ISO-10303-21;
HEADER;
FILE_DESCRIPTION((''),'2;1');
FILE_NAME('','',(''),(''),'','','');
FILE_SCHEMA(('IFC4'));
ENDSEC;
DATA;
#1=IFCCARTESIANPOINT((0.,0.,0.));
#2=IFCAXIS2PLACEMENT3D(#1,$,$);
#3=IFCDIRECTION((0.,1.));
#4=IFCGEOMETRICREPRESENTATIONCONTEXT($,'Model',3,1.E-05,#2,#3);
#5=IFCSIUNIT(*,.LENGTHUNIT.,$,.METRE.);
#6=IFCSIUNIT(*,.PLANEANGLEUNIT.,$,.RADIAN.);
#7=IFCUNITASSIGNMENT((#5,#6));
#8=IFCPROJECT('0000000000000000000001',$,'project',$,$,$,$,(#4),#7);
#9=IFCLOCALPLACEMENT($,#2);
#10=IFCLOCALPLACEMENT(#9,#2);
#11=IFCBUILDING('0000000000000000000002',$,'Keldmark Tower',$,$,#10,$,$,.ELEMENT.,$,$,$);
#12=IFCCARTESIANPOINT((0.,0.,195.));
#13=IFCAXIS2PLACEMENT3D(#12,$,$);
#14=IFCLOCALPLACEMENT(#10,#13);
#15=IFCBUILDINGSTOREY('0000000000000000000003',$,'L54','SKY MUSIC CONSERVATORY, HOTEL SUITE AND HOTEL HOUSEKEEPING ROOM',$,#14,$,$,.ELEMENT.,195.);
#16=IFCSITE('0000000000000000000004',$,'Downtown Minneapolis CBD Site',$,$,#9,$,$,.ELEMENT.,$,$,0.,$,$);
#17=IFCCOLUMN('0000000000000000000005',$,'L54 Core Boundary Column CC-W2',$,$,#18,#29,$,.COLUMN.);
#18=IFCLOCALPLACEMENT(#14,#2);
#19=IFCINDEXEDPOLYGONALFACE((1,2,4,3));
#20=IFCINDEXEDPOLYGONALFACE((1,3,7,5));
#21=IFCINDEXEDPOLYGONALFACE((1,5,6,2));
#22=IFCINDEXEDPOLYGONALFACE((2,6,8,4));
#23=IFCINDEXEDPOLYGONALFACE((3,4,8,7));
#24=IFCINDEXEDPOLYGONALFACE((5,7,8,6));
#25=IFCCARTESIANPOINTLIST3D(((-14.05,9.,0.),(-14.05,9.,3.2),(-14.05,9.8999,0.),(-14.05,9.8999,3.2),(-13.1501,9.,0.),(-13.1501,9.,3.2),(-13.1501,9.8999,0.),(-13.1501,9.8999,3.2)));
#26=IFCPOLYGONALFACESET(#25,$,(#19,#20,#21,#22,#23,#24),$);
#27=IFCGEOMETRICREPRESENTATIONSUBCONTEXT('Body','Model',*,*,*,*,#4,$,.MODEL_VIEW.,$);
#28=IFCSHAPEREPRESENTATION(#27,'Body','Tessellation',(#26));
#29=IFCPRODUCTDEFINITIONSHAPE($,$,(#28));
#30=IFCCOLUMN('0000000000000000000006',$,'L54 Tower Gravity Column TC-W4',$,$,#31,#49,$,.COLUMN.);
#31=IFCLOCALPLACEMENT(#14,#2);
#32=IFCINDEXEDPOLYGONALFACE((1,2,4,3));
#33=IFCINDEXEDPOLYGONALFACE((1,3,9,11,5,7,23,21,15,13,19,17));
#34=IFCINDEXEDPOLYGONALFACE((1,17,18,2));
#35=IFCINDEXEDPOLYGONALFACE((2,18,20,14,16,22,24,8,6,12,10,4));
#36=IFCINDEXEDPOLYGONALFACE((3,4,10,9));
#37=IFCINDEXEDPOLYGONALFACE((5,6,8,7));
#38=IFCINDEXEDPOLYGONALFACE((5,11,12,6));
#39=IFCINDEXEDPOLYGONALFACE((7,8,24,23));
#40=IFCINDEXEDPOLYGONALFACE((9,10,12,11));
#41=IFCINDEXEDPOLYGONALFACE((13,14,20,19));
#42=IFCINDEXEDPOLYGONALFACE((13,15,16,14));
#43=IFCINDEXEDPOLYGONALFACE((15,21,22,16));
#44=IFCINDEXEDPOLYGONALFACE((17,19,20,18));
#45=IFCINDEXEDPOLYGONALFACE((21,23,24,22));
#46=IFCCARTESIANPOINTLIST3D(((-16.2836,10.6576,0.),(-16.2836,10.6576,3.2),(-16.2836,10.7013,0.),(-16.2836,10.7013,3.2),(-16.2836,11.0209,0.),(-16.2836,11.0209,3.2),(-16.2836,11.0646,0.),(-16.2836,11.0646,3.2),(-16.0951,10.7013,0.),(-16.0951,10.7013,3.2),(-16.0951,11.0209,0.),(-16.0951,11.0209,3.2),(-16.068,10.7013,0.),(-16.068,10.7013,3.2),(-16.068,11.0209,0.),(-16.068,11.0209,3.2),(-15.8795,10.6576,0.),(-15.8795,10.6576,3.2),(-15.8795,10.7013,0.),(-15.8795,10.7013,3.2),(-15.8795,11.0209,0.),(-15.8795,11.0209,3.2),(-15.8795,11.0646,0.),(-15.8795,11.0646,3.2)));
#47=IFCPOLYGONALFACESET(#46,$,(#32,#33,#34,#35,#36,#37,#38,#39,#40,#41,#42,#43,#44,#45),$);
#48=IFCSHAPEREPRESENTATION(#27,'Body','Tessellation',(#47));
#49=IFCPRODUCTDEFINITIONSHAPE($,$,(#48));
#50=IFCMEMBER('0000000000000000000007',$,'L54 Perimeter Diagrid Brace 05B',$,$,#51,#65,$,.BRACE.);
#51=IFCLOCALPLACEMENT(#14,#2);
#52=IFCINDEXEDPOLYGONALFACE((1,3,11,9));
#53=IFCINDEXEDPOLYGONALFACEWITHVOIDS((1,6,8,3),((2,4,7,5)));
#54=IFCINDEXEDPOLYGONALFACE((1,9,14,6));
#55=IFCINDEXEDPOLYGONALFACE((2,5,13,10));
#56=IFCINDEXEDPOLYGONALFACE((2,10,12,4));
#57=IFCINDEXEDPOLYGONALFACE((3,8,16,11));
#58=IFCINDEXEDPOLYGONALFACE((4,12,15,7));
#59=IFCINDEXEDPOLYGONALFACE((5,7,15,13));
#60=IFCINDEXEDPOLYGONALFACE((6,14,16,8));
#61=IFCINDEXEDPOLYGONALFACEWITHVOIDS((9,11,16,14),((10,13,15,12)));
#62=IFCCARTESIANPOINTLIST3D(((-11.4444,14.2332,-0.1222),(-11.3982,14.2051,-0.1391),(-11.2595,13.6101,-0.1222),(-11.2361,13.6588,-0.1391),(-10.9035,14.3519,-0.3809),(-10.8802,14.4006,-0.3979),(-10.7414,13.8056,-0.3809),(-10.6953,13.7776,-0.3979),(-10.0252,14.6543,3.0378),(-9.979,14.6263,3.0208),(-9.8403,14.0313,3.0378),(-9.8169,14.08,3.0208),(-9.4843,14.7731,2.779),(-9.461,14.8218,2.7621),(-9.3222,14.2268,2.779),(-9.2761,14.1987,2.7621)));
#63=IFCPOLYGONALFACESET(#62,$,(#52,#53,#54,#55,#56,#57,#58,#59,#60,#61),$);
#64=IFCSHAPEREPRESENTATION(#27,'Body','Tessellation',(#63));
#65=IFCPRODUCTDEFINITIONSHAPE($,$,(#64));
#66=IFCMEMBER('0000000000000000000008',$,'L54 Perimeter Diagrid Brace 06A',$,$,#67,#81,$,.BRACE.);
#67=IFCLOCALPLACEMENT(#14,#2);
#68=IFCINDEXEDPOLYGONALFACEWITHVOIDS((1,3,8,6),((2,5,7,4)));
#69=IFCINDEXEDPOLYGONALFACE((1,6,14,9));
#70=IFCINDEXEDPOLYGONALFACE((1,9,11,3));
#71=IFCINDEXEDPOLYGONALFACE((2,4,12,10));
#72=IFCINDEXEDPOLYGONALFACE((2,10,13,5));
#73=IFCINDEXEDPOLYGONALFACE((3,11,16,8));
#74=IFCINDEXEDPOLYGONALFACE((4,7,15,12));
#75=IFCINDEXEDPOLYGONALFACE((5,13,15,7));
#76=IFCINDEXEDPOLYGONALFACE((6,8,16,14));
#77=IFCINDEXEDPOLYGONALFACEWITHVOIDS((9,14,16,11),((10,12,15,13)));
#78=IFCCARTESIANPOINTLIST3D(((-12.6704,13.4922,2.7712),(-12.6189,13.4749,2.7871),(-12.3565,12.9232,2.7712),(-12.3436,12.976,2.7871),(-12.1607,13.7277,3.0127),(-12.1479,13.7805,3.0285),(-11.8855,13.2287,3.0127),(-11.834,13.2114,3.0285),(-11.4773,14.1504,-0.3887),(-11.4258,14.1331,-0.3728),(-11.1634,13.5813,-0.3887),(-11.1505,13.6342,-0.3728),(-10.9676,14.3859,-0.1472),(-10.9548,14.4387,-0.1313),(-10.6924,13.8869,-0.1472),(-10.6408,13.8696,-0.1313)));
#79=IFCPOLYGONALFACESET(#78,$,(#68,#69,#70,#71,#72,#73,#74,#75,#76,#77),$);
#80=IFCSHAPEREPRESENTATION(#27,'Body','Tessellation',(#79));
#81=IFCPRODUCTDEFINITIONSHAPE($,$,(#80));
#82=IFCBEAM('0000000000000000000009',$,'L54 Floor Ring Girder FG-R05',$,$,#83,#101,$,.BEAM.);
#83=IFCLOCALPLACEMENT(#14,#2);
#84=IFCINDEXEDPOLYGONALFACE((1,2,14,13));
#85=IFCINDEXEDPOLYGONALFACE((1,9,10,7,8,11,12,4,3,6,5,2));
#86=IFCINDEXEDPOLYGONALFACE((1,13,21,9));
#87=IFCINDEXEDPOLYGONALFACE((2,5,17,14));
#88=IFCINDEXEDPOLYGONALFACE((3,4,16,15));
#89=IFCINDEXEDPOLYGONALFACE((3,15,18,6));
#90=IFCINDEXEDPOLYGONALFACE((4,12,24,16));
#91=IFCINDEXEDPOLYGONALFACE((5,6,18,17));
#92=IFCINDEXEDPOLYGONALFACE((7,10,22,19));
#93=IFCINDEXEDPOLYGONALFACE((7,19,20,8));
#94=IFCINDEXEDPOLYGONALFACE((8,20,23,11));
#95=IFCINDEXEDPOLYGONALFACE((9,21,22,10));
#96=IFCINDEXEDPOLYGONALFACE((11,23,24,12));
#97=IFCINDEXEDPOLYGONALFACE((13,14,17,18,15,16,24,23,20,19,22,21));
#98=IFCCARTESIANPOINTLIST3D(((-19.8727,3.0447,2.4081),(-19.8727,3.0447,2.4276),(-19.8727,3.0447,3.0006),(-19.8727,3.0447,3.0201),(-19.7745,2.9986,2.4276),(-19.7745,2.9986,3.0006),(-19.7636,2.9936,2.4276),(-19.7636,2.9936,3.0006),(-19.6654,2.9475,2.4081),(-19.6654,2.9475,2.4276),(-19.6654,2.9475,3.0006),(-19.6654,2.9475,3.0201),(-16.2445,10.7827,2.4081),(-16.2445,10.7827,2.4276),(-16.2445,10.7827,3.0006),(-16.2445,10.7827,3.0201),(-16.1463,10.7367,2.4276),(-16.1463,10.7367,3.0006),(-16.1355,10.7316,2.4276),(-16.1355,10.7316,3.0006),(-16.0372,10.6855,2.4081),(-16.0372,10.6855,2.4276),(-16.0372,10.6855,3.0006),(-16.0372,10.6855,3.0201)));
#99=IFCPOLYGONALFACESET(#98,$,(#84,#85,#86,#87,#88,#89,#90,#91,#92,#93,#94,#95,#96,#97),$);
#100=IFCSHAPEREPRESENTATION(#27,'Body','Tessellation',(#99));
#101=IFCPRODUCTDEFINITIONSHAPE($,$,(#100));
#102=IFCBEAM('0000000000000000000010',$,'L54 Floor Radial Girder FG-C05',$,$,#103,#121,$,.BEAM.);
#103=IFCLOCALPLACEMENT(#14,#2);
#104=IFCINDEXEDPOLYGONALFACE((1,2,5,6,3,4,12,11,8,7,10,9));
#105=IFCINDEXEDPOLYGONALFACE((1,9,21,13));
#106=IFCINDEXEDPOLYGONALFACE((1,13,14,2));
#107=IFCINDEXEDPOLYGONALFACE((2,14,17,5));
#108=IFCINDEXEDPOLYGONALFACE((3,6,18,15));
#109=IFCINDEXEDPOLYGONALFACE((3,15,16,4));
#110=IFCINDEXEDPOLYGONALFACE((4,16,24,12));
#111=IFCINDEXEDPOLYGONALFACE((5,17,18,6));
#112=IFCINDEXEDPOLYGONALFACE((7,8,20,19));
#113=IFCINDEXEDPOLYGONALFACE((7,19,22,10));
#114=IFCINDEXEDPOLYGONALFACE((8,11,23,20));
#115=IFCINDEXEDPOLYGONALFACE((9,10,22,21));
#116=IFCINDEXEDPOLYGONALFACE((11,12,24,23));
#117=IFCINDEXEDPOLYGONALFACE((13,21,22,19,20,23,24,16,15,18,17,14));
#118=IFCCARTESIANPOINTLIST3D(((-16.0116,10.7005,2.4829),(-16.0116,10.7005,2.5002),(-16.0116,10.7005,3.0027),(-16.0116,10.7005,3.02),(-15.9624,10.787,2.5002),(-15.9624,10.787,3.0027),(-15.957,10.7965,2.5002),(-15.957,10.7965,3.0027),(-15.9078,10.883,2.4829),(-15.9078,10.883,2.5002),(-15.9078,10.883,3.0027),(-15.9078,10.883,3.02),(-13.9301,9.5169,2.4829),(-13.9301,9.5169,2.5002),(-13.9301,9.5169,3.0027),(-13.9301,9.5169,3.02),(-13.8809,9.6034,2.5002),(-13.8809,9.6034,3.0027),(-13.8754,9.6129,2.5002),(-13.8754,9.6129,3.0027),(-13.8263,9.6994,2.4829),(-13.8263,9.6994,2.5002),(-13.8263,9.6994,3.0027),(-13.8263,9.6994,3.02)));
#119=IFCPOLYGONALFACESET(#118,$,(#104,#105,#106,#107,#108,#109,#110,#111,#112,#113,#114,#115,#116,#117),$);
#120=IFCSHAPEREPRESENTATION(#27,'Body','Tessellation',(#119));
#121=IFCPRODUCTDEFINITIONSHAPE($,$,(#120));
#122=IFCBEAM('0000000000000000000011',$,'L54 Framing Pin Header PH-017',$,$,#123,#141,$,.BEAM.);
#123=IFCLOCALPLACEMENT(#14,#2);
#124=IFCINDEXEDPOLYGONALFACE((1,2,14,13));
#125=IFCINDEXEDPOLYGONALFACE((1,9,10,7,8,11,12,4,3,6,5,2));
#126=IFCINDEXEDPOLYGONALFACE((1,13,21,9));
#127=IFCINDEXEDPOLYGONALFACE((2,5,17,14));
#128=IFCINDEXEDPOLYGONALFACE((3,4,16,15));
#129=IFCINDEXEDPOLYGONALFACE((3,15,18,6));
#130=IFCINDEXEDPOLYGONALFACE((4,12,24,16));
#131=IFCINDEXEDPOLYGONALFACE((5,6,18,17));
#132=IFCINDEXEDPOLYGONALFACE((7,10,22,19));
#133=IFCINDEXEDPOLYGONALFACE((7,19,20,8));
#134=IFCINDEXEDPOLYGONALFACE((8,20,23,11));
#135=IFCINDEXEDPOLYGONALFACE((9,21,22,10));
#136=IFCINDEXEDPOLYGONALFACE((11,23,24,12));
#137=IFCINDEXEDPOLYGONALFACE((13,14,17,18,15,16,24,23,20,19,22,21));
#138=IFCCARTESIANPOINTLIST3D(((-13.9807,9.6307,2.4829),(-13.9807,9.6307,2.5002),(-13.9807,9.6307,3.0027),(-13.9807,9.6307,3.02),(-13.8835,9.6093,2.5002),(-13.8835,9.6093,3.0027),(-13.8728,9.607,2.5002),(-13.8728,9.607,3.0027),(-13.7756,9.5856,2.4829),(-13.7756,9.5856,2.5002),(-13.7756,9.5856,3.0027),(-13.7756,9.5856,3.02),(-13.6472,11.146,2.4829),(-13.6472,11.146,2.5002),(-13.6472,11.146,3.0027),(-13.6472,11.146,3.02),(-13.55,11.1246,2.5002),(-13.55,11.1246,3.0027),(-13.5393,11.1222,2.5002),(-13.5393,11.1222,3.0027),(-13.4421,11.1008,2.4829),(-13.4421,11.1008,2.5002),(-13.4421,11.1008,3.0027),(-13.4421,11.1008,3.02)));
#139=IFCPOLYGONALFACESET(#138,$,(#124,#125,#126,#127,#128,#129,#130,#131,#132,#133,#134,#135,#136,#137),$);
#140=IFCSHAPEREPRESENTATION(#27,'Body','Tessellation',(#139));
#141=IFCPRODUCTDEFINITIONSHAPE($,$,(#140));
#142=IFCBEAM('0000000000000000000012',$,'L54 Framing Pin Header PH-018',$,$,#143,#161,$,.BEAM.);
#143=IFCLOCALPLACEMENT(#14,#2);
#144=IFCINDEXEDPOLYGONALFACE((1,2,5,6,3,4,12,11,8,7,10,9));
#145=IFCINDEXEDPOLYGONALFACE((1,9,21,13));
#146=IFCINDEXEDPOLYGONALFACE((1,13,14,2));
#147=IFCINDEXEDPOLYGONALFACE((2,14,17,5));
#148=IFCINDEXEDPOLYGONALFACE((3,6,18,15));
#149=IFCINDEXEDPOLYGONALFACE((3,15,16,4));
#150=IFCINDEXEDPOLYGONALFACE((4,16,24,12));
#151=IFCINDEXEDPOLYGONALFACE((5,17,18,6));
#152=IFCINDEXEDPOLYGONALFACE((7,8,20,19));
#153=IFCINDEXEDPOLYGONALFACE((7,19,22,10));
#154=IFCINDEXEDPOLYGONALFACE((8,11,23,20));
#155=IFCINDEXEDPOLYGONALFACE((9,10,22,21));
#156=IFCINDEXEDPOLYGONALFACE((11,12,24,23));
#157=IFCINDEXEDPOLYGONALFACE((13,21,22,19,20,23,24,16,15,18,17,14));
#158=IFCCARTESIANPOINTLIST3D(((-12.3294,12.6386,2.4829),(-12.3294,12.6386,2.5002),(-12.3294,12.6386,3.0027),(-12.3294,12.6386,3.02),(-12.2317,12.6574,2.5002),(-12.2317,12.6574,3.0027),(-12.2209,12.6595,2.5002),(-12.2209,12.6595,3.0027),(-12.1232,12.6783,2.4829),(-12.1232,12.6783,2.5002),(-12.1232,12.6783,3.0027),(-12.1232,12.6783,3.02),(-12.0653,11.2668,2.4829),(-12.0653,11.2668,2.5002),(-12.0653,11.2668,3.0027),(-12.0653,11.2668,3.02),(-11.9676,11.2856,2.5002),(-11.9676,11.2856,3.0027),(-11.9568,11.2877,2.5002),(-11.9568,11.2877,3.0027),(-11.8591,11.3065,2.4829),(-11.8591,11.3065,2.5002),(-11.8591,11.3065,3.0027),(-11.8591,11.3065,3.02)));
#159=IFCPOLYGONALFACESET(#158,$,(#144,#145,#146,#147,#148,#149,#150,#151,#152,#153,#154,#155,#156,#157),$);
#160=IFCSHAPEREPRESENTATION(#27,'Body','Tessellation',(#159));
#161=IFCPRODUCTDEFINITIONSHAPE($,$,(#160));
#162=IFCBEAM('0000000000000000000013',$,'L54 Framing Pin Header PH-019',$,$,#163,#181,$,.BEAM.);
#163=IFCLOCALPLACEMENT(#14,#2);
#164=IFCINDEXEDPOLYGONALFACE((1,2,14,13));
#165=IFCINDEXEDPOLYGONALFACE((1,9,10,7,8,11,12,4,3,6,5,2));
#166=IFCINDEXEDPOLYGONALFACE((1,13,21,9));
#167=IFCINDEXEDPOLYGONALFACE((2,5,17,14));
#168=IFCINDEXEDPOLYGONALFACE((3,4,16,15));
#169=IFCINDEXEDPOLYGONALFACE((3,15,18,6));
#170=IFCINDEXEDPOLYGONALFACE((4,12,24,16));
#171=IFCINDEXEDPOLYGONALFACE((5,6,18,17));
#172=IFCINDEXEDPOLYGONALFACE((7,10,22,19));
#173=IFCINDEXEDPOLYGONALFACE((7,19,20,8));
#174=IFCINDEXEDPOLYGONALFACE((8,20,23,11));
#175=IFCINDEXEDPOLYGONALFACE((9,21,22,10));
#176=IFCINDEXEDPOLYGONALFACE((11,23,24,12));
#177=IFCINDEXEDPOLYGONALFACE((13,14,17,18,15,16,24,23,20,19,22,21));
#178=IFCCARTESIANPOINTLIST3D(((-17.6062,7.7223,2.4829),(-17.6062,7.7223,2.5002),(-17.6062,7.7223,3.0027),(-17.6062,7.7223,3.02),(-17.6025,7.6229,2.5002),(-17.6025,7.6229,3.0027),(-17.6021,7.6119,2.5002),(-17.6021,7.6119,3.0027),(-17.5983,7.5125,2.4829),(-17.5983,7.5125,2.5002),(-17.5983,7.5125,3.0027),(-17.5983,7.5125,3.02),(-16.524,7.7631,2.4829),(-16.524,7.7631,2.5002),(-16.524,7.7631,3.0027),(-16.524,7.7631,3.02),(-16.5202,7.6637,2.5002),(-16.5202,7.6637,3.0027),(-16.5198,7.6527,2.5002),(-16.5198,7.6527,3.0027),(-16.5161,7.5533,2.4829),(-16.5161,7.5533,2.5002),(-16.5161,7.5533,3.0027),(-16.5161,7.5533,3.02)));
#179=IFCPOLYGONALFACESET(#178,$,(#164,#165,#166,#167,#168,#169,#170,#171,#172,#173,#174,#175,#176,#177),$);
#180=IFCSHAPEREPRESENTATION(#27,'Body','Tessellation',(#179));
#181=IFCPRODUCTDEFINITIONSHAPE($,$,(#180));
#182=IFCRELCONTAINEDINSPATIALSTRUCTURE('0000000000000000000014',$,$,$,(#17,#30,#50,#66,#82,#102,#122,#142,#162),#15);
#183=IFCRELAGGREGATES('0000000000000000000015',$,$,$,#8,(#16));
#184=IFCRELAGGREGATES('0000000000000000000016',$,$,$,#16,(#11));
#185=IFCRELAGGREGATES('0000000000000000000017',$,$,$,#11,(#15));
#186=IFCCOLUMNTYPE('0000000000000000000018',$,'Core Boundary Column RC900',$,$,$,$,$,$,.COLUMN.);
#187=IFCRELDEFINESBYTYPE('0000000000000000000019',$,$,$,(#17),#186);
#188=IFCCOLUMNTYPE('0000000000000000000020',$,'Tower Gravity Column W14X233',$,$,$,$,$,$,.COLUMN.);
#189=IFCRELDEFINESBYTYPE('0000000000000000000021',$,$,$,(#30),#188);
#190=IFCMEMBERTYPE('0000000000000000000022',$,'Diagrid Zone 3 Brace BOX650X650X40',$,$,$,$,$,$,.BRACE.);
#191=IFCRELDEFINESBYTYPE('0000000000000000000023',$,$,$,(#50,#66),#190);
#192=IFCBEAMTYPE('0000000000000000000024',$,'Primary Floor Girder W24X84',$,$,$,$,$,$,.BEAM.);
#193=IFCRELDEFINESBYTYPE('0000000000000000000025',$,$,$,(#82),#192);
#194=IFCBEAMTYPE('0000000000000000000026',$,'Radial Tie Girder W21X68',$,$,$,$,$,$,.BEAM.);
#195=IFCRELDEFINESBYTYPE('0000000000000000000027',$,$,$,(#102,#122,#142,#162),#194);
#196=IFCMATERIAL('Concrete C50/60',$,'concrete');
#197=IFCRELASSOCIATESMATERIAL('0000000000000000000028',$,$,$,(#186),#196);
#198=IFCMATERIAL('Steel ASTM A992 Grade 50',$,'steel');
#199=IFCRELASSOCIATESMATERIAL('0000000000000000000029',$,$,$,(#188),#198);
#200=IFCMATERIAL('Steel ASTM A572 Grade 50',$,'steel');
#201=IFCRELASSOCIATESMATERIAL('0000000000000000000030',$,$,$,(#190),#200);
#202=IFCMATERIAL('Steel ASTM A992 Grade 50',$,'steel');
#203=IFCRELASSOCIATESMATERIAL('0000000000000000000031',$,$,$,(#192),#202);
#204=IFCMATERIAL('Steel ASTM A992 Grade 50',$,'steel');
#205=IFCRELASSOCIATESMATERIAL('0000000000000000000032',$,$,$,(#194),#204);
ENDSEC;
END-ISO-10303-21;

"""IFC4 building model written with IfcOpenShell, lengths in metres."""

from ifc_helpers import new_model, si_unit, direction, frame, origin, origin_2d, place, context, subcontext, project, spatial, rectangle, hollow_rectangle, i_section, extrude, material, material_profile, profile_set, type_object, element, save


model = new_model("IFC4")

# Units and contexts
model_context = context("Model", 3, precision=1e-05, world=origin(), true_north=direction((0.0, 1.0)))
body_context = subcontext(model_context, "Body", "Model", "MODEL_VIEW")
ifc_project = project(units=[si_unit("LENGTHUNIT", "METRE"), si_unit("PLANEANGLEUNIT", "RADIAN")], contexts=[model_context])

# Site, building, storey
site_placement = place(None, origin())
site = spatial("IfcSite", under=ifc_project, at=site_placement, Name="Downtown Minneapolis CBD Site", CompositionType="ELEMENT", RefElevation=0.0)
building_placement = place(site_placement, origin())
building = spatial("IfcBuilding", under=site, at=building_placement, Name="Keldmark Tower", CompositionType="ELEMENT")
storey_placement = place(building_placement, frame((0.0, 0.0, 195.0)))
storey = spatial("IfcBuildingStorey", under=building, at=storey_placement, Name="L54", Description="SKY MUSIC CONSERVATORY, HOTEL SUITE AND HOTEL HOUSEKEEPING ROOM", CompositionType="ELEMENT", Elevation=195.0)

# Columns
ifc_material_1 = material(Name="Concrete C50/60", Category="concrete")
ifc_material_profile_1 = material_profile(ifc_material_1, rectangle(XDim=0.8999, YDim=0.8999, at=origin_2d()), Name="RC900X900")
ifc_profile_set_1 = profile_set([ifc_material_profile_1], Name="Concrete C50/60")
column_type_1 = type_object("IfcColumnType", Name="Core Boundary Column RC900", PredefinedType="COLUMN", material=ifc_profile_set_1)
column_1_placement = place(storey_placement, frame((-13.6001, 9.45, 0.0), z_axis=(0.0, 0.0, 1.0), x_axis=(1.0, 0.0, 0.0)))
element("IfcColumn", 1, at=column_1_placement, inside=storey, type_object=column_type_1, Name="L54 Core Boundary Column CC-W2", PredefinedType="COLUMN", context=body_context, shape_type="SweptSolid", body=[
    extrude(rectangle(XDim=0.8999, YDim=0.8999, at=origin_2d()), origin(), (0.0, 0.0, 1.0), 3.2),
])
ifc_material_2 = material(Name="Steel ASTM A992 Grade 50", Category="steel")
ifc_material_profile_2 = material_profile(ifc_material_2, i_section(OverallWidth=0.4041, OverallDepth=0.407, WebThickness=0.0271, FlangeThickness=0.0437, at=origin_2d()), Name="W14X233")
ifc_profile_set_2 = profile_set([ifc_material_profile_2], Name="Steel ASTM A992 Grade 50")
column_type_2 = type_object("IfcColumnType", Name="Tower Gravity Column W14X233", PredefinedType="COLUMN", material=ifc_profile_set_2)
column_2_placement = place(storey_placement, frame((-16.0815, 10.8611, 0.0), z_axis=(0.0, 0.0, 1.0), x_axis=(1.0, 0.0, 0.0)))
element("IfcColumn", 2, at=column_2_placement, inside=storey, type_object=column_type_2, Name="L54 Tower Gravity Column TC-W4", PredefinedType="COLUMN", context=body_context, shape_type="SweptSolid", body=[
    extrude(i_section(OverallWidth=0.4041, OverallDepth=0.407, WebThickness=0.0271, FlangeThickness=0.0437, at=origin_2d()), origin(), (0.0, 0.0, 1.0), 3.2),
])

# Members
ifc_material_3 = material(Name="Steel ASTM A572 Grade 50", Category="steel")
ifc_material_profile_3 = material_profile(ifc_material_3, hollow_rectangle(XDim=0.6499, YDim=0.6499, WallThickness=0.04, at=origin_2d()), Name="BOX650X650X40")
ifc_profile_set_3 = profile_set([ifc_material_profile_3], Name="Steel ASTM A572 Grade 50")
member_type = type_object("IfcMemberType", Name="Diagrid Zone 3 Brace BOX650X650X40", PredefinedType="BRACE", material=ifc_profile_set_3)
member_1_placement = place(storey_placement, frame((-11.0698, 14.0054, -0.26), z_axis=(0.406705, 0.120689, 0.905553), x_axis=(-0.284487, 0.95868, 0.0)))
element("IfcMember", 3, at=member_1_placement, inside=storey, type_object=member_type, Name="L54 Perimeter Diagrid Brace 05B", PredefinedType="BRACE", context=body_context, shape_type="SweptSolid", body=[
    extrude(hollow_rectangle(XDim=0.6499, YDim=0.6499, WallThickness=0.04, at=origin_2d()), origin(), (0.0, 0.0, 1.0), 3.4895),
])
member_2_placement = place(storey_placement, frame((-11.0591, 14.01, -0.26), z_axis=(-0.346716, -0.191272, 0.918261), x_axis=(0.483039, -0.875599, 0.0)))
element("IfcMember", 4, at=member_2_placement, inside=storey, type_object=member_type, Name="L54 Perimeter Diagrid Brace 06A", PredefinedType="BRACE", context=body_context, shape_type="SweptSolid", body=[
    extrude(hollow_rectangle(XDim=0.6499, YDim=0.6499, WallThickness=0.04, at=origin_2d()), origin(), (0.0, 0.0, 1.0), 3.4412),
])

# Beams
ifc_material_4 = material(Name="Steel ASTM A992 Grade 50", Category="steel")
ifc_material_profile_4 = material_profile(ifc_material_4, i_section(OverallWidth=0.229, OverallDepth=0.6121, WebThickness=0.012, FlangeThickness=0.0195, at=origin_2d()), Name="W24X84")
ifc_profile_set_4 = profile_set([ifc_material_profile_4], Name="Steel ASTM A992 Grade 50")
beam_type_1 = type_object("IfcBeamType", Name="Primary Floor Girder W24X84", PredefinedType="BEAM", material=ifc_profile_set_4)
beam_1_placement = place(storey_placement, frame((-16.1409, 10.7341, 2.7141), z_axis=(-0.424527, -0.905415, 0.0), x_axis=(0.905415, -0.424527, 0.0)))
element("IfcBeam", 5, at=beam_1_placement, inside=storey, type_object=beam_type_1, Name="L54 Floor Ring Girder FG-R05", PredefinedType="BEAM", context=body_context, shape_type="SweptSolid", body=[
    extrude(i_section(OverallWidth=0.229, OverallDepth=0.6121, WebThickness=0.012, FlangeThickness=0.0195, at=origin_2d()), origin(), (0.0, 0.0, 1.0), 8.5464),
])
ifc_material_5 = material(Name="Steel ASTM A992 Grade 50", Category="steel")
ifc_material_profile_5 = material_profile(ifc_material_5, i_section(OverallWidth=0.21, OverallDepth=0.5371, WebThickness=0.011, FlangeThickness=0.0173, at=origin_2d()), Name="W21X68")
ifc_profile_set_5 = profile_set([ifc_material_profile_5], Name="Steel ASTM A992 Grade 50")
beam_type_2 = type_object("IfcBeamType", Name="Radial Tie Girder W21X68", PredefinedType="BEAM", material=ifc_profile_set_5)
beam_2_placement = place(storey_placement, frame((-15.9597, 10.7917, 2.7515), z_axis=(0.869295, -0.494293, 0.0), x_axis=(0.494293, 0.869295, 0.0)))
element("IfcBeam", 6, at=beam_2_placement, inside=storey, type_object=beam_type_2, Name="L54 Floor Radial Girder FG-C05", PredefinedType="BEAM", context=body_context, shape_type="SweptSolid", body=[
    extrude(i_section(OverallWidth=0.21, OverallDepth=0.5371, WebThickness=0.011, FlangeThickness=0.0173, at=origin_2d()), origin(), (0.0, 0.0, 1.0), 2.3945),
])
beam_3_placement = place(storey_placement, frame((-13.8782, 9.6082, 2.7515), z_axis=(0.214964, 0.976622, 0.0), x_axis=(-0.976622, 0.214964, 0.0)))
element("IfcBeam", 7, at=beam_3_placement, inside=storey, type_object=beam_type_2, Name="L54 Framing Pin Header PH-017", PredefinedType="BEAM", context=body_context, shape_type="SweptSolid", body=[
    extrude(i_section(OverallWidth=0.21, OverallDepth=0.5371, WebThickness=0.011, FlangeThickness=0.0173, at=origin_2d()), origin(), (0.0, 0.0, 1.0), 1.5515),
])
beam_4_placement = place(storey_placement, frame((-12.2263, 12.6584, 2.7515), z_axis=(0.189087, -0.98196, 0.0), x_axis=(0.98196, 0.189087, 0.0)))
element("IfcBeam", 8, at=beam_4_placement, inside=storey, type_object=beam_type_2, Name="L54 Framing Pin Header PH-018", PredefinedType="BEAM", context=body_context, shape_type="SweptSolid", body=[
    extrude(i_section(OverallWidth=0.21, OverallDepth=0.5371, WebThickness=0.011, FlangeThickness=0.0173, at=origin_2d()), origin(), (0.0, 0.0, 1.0), 1.397),
])
beam_5_placement = place(storey_placement, frame((-16.52, 7.6582, 2.7515), z_axis=(-0.999291, -0.037645, 0.0), x_axis=(0.037645, -0.999291, 0.0)))
element("IfcBeam", 9, at=beam_5_placement, inside=storey, type_object=beam_type_2, Name="L54 Framing Pin Header PH-019", PredefinedType="BEAM", context=body_context, shape_type="SweptSolid", body=[
    extrude(i_section(OverallWidth=0.21, OverallDepth=0.5371, WebThickness=0.011, FlangeThickness=0.0173, at=origin_2d()), origin(), (0.0, 0.0, 1.0), 1.083),
])

save(model, "model.ifc")
